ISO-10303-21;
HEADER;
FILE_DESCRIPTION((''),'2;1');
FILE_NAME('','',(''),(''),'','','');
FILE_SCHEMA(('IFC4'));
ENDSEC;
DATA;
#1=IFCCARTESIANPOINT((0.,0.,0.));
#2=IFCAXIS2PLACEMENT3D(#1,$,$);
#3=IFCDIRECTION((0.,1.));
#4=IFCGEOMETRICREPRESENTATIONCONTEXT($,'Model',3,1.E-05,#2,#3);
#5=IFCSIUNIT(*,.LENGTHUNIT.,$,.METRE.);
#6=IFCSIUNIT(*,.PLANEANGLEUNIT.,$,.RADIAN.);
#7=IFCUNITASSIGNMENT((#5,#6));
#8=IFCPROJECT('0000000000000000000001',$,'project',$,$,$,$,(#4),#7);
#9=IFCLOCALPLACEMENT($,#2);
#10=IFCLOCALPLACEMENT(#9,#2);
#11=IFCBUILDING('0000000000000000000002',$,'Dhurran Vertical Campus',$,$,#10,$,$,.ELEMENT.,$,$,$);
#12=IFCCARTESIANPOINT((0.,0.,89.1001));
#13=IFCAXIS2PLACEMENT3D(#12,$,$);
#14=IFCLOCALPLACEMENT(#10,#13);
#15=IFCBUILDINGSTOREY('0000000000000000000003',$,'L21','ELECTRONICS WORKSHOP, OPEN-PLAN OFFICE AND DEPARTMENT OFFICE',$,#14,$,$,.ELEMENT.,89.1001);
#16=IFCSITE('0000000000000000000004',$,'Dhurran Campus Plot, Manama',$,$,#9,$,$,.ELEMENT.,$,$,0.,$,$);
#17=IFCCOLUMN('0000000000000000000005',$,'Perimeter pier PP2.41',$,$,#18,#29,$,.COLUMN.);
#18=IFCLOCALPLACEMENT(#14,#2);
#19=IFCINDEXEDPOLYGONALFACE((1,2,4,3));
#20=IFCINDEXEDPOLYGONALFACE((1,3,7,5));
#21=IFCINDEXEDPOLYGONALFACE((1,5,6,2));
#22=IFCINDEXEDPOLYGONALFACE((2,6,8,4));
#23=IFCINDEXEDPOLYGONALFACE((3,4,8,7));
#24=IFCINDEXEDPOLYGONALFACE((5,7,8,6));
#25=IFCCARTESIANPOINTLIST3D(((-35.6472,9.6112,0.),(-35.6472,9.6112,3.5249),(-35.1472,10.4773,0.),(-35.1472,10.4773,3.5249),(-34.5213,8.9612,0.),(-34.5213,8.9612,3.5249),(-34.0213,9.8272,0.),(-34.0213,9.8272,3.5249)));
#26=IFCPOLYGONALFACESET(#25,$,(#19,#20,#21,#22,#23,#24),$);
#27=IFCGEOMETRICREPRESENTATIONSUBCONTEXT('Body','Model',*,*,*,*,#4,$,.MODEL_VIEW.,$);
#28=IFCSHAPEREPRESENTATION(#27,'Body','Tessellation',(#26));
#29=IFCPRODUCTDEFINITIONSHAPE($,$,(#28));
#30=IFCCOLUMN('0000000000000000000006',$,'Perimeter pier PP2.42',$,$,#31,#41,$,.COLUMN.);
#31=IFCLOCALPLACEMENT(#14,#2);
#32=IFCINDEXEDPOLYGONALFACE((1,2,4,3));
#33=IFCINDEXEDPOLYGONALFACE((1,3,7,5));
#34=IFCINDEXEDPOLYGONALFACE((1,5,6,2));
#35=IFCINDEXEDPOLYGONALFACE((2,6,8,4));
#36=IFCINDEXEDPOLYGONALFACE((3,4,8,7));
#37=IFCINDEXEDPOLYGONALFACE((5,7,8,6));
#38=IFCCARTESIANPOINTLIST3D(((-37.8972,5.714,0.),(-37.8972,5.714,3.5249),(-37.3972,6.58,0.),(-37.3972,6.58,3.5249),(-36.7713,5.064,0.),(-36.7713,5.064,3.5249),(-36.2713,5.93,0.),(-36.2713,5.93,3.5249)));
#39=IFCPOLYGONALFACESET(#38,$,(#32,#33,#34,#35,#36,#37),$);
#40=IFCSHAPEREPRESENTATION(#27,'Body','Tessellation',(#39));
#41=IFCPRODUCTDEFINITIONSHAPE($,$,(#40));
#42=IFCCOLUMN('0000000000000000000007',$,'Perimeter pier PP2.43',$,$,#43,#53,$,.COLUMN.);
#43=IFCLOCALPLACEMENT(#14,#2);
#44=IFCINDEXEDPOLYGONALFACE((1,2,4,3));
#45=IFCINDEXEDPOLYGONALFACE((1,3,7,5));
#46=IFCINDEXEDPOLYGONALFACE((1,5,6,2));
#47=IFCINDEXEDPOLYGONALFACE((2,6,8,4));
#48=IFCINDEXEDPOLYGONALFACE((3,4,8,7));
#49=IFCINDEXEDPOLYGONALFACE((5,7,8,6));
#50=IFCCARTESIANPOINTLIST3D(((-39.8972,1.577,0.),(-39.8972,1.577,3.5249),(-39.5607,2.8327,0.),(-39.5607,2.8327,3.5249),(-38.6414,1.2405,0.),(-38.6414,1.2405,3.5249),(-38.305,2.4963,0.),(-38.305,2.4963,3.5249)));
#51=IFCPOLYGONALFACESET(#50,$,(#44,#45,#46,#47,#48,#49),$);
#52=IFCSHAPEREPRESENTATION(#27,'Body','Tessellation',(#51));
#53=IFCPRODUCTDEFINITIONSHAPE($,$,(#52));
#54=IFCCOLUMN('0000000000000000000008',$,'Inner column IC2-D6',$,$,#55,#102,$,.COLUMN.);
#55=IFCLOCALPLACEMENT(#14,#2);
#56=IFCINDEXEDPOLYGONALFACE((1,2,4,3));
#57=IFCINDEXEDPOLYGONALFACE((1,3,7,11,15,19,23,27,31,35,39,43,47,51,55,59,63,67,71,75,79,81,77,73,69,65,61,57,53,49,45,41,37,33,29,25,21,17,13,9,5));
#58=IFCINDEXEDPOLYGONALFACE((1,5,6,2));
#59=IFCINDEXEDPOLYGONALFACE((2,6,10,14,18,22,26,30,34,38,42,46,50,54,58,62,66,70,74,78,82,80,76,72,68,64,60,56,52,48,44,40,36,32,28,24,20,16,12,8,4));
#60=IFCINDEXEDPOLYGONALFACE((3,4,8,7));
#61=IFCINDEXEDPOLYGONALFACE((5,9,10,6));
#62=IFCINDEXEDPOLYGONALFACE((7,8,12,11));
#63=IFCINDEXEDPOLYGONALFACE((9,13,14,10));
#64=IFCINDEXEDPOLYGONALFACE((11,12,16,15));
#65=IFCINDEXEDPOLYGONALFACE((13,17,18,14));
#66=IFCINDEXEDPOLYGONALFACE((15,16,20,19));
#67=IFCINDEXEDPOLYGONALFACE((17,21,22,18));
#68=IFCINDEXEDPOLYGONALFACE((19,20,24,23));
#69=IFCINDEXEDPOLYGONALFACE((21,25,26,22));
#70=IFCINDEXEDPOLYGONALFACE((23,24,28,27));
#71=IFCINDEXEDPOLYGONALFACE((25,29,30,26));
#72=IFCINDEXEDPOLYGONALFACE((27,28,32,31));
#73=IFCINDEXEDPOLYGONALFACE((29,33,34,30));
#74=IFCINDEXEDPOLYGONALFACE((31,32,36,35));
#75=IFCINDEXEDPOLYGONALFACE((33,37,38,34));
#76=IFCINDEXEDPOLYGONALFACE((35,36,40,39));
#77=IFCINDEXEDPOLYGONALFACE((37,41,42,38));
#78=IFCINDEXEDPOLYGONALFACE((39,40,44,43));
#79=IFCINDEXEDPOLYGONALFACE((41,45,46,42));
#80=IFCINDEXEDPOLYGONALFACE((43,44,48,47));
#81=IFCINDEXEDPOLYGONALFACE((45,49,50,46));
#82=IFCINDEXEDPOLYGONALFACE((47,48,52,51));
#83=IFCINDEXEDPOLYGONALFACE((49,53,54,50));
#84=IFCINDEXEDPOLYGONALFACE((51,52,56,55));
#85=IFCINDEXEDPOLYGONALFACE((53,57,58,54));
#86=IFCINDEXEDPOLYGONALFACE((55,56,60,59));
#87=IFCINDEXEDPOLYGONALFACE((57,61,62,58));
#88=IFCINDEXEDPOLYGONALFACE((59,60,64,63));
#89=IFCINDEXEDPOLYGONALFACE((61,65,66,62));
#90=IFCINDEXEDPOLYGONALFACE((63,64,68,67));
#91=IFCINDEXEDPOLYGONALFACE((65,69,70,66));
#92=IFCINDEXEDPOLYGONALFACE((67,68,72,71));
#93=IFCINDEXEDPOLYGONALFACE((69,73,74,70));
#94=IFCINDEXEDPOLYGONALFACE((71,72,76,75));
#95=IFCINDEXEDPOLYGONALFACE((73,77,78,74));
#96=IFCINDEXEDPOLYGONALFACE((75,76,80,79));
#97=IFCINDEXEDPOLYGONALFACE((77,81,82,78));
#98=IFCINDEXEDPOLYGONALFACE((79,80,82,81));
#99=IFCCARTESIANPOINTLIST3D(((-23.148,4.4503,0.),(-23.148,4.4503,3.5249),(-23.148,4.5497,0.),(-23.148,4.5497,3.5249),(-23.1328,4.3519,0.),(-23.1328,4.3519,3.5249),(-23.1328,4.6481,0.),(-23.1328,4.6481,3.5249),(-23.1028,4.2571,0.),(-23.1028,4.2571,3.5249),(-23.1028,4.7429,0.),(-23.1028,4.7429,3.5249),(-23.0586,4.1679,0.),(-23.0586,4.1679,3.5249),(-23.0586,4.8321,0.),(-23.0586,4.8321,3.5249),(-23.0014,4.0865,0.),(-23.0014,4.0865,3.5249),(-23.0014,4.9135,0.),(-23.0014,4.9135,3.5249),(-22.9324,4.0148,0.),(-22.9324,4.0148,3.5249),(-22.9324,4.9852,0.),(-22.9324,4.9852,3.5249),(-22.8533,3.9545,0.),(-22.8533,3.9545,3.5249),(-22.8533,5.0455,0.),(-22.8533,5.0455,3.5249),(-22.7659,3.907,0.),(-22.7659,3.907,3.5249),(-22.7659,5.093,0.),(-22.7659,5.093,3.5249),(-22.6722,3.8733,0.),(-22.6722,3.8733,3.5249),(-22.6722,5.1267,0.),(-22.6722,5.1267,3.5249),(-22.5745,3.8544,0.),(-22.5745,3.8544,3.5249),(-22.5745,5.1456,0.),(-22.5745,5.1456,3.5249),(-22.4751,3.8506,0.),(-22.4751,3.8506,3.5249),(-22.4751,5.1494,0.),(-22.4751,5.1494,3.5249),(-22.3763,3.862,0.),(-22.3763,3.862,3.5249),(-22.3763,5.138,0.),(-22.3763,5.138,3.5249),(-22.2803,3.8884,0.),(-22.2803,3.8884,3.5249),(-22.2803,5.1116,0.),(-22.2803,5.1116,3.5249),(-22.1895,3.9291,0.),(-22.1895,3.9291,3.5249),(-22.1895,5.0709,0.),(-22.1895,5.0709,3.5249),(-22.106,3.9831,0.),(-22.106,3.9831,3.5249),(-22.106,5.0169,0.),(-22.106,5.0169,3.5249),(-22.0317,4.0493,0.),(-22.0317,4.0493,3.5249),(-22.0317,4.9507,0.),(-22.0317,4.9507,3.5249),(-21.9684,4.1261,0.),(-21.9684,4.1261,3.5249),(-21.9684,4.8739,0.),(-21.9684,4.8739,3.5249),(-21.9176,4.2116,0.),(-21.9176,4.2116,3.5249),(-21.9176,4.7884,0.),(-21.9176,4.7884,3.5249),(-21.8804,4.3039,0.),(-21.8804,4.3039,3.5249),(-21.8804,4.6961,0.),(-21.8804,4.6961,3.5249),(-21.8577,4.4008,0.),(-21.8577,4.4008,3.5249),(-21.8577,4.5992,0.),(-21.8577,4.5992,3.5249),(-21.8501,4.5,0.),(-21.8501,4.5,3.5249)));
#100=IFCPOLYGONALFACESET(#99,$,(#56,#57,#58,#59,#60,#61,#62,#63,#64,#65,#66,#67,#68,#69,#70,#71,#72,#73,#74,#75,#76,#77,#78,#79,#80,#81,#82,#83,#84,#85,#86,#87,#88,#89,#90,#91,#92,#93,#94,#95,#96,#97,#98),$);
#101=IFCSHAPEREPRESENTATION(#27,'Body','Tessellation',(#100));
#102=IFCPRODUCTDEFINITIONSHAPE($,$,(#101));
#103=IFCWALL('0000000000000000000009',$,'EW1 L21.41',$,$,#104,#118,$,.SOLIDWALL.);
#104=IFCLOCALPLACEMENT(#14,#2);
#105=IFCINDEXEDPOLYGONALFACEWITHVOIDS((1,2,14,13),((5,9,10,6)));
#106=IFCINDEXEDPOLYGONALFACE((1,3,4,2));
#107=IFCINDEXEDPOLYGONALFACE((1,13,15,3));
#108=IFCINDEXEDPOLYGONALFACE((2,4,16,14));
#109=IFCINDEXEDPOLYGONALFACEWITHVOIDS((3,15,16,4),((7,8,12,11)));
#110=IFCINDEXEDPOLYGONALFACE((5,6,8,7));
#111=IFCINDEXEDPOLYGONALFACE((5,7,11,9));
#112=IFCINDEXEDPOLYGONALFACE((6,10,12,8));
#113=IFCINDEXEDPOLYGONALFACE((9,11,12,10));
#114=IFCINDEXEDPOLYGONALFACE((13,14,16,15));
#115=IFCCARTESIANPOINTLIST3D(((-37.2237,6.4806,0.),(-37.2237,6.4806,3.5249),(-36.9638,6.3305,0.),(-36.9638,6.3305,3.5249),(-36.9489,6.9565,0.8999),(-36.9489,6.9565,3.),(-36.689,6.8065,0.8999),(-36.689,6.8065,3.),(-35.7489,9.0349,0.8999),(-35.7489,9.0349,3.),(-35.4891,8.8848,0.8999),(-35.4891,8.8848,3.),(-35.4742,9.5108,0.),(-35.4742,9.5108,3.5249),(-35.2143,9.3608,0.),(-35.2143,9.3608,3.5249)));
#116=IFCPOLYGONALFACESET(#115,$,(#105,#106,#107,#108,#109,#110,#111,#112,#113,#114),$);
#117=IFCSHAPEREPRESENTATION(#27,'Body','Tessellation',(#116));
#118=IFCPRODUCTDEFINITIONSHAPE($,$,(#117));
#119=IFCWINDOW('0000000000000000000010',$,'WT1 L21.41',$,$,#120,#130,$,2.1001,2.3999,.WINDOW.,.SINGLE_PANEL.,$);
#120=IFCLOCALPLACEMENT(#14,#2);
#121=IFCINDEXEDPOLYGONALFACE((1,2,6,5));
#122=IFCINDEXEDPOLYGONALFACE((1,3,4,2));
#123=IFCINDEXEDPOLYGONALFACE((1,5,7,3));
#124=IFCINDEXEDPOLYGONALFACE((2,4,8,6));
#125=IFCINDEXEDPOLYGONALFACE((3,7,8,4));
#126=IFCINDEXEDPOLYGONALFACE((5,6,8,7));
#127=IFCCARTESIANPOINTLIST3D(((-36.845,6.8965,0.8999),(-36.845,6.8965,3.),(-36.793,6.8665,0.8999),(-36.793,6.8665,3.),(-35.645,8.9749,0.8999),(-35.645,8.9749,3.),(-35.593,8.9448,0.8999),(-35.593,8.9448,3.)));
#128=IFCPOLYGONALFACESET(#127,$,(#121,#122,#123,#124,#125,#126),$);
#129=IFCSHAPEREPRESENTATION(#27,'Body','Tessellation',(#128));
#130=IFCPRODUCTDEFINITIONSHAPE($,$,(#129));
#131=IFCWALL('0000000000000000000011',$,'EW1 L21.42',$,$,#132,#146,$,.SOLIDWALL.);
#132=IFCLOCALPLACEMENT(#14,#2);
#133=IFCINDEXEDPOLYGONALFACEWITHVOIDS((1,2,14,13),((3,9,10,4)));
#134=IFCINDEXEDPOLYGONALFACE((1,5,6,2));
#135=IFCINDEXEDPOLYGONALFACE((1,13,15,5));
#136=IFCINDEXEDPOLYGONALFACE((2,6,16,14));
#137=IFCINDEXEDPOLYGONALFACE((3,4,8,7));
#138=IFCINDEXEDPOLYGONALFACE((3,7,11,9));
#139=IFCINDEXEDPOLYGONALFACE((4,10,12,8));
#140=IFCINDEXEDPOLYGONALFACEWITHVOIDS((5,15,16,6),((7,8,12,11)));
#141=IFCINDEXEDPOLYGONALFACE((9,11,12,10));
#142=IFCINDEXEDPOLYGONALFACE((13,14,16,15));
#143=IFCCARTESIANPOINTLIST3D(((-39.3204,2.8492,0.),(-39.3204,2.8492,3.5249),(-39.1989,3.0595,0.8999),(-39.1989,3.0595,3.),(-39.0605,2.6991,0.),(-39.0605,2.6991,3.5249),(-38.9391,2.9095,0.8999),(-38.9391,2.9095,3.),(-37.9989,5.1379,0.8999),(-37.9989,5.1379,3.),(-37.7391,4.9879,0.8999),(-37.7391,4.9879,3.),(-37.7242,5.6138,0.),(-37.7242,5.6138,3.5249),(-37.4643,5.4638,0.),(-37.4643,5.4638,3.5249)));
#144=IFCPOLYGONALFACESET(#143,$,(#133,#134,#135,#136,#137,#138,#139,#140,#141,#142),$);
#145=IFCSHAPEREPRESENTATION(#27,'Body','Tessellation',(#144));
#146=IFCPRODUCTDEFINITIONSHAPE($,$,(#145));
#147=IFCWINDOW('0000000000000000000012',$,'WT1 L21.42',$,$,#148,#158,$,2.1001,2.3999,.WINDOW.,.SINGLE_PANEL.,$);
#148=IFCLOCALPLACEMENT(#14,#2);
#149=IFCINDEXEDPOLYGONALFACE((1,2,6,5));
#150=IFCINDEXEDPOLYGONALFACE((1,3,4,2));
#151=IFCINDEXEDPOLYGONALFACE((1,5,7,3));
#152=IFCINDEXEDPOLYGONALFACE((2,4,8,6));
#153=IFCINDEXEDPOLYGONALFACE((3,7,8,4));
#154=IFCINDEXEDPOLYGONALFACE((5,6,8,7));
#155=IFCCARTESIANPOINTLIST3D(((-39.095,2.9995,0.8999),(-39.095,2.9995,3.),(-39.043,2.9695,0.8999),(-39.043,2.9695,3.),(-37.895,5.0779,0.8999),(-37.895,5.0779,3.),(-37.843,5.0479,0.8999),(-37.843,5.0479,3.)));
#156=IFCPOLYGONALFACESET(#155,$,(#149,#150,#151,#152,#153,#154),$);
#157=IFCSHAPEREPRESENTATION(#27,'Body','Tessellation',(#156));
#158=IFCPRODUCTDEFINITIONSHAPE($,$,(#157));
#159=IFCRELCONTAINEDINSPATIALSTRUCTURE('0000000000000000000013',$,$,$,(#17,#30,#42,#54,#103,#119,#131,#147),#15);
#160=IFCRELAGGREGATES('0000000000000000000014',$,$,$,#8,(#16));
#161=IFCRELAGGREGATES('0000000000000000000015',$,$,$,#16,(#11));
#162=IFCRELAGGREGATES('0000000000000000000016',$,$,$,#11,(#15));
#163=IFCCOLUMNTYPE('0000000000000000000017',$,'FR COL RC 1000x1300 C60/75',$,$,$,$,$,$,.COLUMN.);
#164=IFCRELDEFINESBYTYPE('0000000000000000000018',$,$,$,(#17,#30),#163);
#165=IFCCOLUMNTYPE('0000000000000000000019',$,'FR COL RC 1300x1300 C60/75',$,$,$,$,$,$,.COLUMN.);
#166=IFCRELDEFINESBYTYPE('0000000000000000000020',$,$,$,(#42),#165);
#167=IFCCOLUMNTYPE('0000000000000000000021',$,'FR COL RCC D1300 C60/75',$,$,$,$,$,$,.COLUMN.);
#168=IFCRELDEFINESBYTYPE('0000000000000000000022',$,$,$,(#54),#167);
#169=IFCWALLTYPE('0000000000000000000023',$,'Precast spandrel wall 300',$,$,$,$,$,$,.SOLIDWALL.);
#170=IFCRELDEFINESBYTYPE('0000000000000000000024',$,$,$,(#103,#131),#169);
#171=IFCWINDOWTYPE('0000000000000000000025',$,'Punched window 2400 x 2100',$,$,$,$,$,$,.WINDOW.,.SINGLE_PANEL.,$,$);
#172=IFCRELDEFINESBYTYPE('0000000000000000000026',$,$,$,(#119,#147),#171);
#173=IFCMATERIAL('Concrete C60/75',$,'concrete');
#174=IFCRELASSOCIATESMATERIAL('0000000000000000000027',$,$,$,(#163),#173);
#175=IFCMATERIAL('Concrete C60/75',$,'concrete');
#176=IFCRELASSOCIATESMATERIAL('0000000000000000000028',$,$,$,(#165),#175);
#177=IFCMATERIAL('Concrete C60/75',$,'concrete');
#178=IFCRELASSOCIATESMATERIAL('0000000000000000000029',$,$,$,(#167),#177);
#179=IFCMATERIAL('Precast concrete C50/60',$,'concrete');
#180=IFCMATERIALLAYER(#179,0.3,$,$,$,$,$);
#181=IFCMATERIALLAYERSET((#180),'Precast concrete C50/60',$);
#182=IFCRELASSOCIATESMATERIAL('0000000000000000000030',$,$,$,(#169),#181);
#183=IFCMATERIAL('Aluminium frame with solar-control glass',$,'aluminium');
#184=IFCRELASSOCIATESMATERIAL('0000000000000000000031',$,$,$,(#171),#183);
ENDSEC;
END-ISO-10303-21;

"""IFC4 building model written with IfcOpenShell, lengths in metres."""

from ifc_helpers import new_model, si_unit, direction, frame, frame_2d, origin, origin_2d, place, context, subcontext, project, spatial, rectangle, circle, extrude, material, layer, layer_set, material_profile, profile_set, type_object, element, fill, save


model = new_model("IFC4")

# Units and contexts
model_context = context("Model", 3, precision=1e-05, world=origin(), true_north=direction((0.0, 1.0)))
body_context = subcontext(model_context, "Body", "Model", "MODEL_VIEW")
ifc_project = project(units=[si_unit("LENGTHUNIT", "METRE"), si_unit("PLANEANGLEUNIT", "RADIAN")], contexts=[model_context])

# Site, building, storey
site_placement = place(None, origin())
site = spatial("IfcSite", under=ifc_project, at=site_placement, Name="Dhurran Campus Plot, Manama", CompositionType="ELEMENT", RefElevation=0.0)
building_placement = place(site_placement, origin())
building = spatial("IfcBuilding", under=site, at=building_placement, Name="Dhurran Vertical Campus", CompositionType="ELEMENT")
storey_placement = place(building_placement, frame((0.0, 0.0, 89.1001)))
storey = spatial("IfcBuildingStorey", under=building, at=storey_placement, Name="L21", Description="ELECTRONICS WORKSHOP, OPEN-PLAN OFFICE AND DEPARTMENT OFFICE", CompositionType="ELEMENT", Elevation=89.1001)

# Columns
ifc_material_1 = material(Name="Concrete C60/75", Category="concrete")
ifc_material_profile_1 = material_profile(ifc_material_1, rectangle(XDim=1.0, YDim=1.3, at=origin_2d()), Name="RC 1000x1300")
ifc_profile_set_1 = profile_set([ifc_material_profile_1], Name="Concrete C60/75")
column_type_1 = type_object("IfcColumnType", Name="FR COL RC 1000x1300 C60/75", PredefinedType="COLUMN", material=ifc_profile_set_1)
for number, where, z_axis, x_axis, name in (
    (1, (-34.8342, 9.7192, 0.0), (0.0, 0.0, 1.0), (-0.5, -0.866025, 0.0), "Perimeter pier PP2.41"),
    (2, (-37.0842, 5.822, 0.0), (0.0, 0.0, 1.0), (-0.5, -0.866025, 0.0), "Perimeter pier PP2.42"),
):
    element("IfcColumn", number, at=place(storey_placement, frame(where, z_axis=z_axis, x_axis=x_axis)), inside=storey, type_object=column_type_1, Name=name, PredefinedType="COLUMN", context=body_context, shape_type="SweptSolid", body=[
        extrude(rectangle(XDim=1.0, YDim=1.3, at=origin_2d()), origin(), (0.0, 0.0, 1.0), 3.5249),
    ])
ifc_material_2 = material(Name="Concrete C60/75", Category="concrete")
ifc_material_profile_2 = material_profile(ifc_material_2, rectangle(XDim=1.3, YDim=1.3, at=origin_2d()), Name="RC 1300x1300")
ifc_profile_set_2 = profile_set([ifc_material_profile_2], Name="Concrete C60/75")
column_type_2 = type_object("IfcColumnType", Name="FR COL RC 1300x1300 C60/75", PredefinedType="COLUMN", material=ifc_profile_set_2)
column_1_placement = place(storey_placement, frame((-39.1011, 2.0366, 0.0), z_axis=(0.0, 0.0, 1.0), x_axis=(-0.258819, -0.965926, 0.0)))
element("IfcColumn", 3, at=column_1_placement, inside=storey, type_object=column_type_2, Name="Perimeter pier PP2.43", PredefinedType="COLUMN", context=body_context, shape_type="SweptSolid", body=[
    extrude(rectangle(XDim=1.3, YDim=1.3, at=origin_2d()), origin(), (0.0, 0.0, 1.0), 3.5249),
])
ifc_material_3 = material(Name="Concrete C60/75", Category="concrete")
ifc_material_profile_3 = material_profile(ifc_material_3, circle(Radius=0.6499, at=origin_2d()), Name="RCC D1300")
ifc_profile_set_3 = profile_set([ifc_material_profile_3], Name="Concrete C60/75")
column_type_3 = type_object("IfcColumnType", Name="FR COL RCC D1300 C60/75", PredefinedType="COLUMN", material=ifc_profile_set_3)
column_2_placement = place(storey_placement, frame((-22.5, 4.5, 0.0), z_axis=(0.0, 0.0, 1.0), x_axis=(1.0, 0.0, 0.0)))
element("IfcColumn", 4, at=column_2_placement, inside=storey, type_object=column_type_3, Name="Inner column IC2-D6", PredefinedType="COLUMN", context=body_context, shape_type="SweptSolid", body=[
    extrude(circle(Radius=0.6499, at=origin_2d()), origin(), (0.0, 0.0, 1.0), 3.5249),
])

# Walls, openings, windows
ifc_material_4 = material(Name="Precast concrete C50/60", Category="concrete")
ifc_layer_1 = layer(ifc_material_4, 0.3)
ifc_layer_set_1 = layer_set([ifc_layer_1], Name="Precast concrete C50/60")
wall_type_1 = type_object("IfcWallType", Name="Precast spandrel wall 300", PredefinedType="SOLIDWALL", material=ifc_layer_set_1)
wall_1_placement = place(storey_placement, frame((-35.3442, 9.4358, 0.0), z_axis=(0.0, 0.0, 1.0), x_axis=(-0.499996, -0.866028, 0.0)))
wall_1 = element("IfcWall", 5, at=wall_1_placement, inside=storey, type_object=wall_type_1, Name="EW1 L21.41", PredefinedType="SOLIDWALL", context=body_context, shape_type="SweptSolid", body=[
    extrude(rectangle(XDim=3.499, YDim=0.3, at=frame_2d((1.7495, 0.0))), origin(), (0.0, 0.0, 1.0), 3.5249),
])
opening_1_placement = place(wall_1_placement, frame((0.5496, 0.0, 0.8999)))
opening_1 = element("IfcOpeningElement", 6, at=opening_1_placement, cuts=wall_1, PredefinedType="OPENING", context=body_context, shape_type="SweptSolid", body=[
    extrude(rectangle(XDim=2.3999, YDim=2.1001, at=frame_2d((1.2, 1.05))), frame((0.0, 0.1599, 0.0), z_axis=(0.0, -1.0, 0.0), x_axis=(1.0, 0.0, 0.0)), (0.0, 0.0, 1.0), 0.3201),
])
ifc_material_5 = material(Name="Aluminium frame with solar-control glass", Category="aluminium")
window_type = type_object("IfcWindowType", Name="Punched window 2400 x 2100", PartitioningType="SINGLE_PANEL", PredefinedType="WINDOW", material=ifc_material_5)
window_1_placement = place(opening_1_placement, origin())
window_1 = element("IfcWindow", 7, at=window_1_placement, inside=storey, type_object=window_type, Name="WT1 L21.41", OverallHeight=2.1001, OverallWidth=2.3999, PartitioningType="SINGLE_PANEL", PredefinedType="WINDOW", context=body_context, shape_type="SweptSolid", body=[
    extrude(rectangle(XDim=2.3999, YDim=2.1001, at=frame_2d((1.2, 1.05))), frame((0.0, 0.03, 0.0), z_axis=(0.0, -1.0, 0.0), x_axis=(1.0, 0.0, 0.0)), (0.0, 0.0, 1.0), 0.0601),
])
fill(opening_1, window_1)
wall_2_placement = place(storey_placement, frame((-37.5942, 5.5388, 0.0), z_axis=(0.0, 0.0, 1.0), x_axis=(-0.500005, -0.866023, 0.0)))
wall_2 = element("IfcWall", 8, at=wall_2_placement, inside=storey, type_object=wall_type_1, Name="EW1 L21.42", PredefinedType="SOLIDWALL", context=body_context, shape_type="SweptSolid", body=[
    extrude(rectangle(XDim=3.1924, YDim=0.3, at=frame_2d((1.5962, 0.0))), origin(), (0.0, 0.0, 1.0), 3.5249),
])
opening_2_placement = place(wall_2_placement, frame((0.5496, 0.0, 0.8999)))
opening_2 = element("IfcOpeningElement", 9, at=opening_2_placement, cuts=wall_2, PredefinedType="OPENING", context=body_context, shape_type="SweptSolid", body=[
    extrude(rectangle(XDim=2.3999, YDim=2.1001, at=frame_2d((1.2, 1.05))), frame((0.0, 0.1599, 0.0), z_axis=(0.0, -1.0, 0.0), x_axis=(1.0, 0.0, 0.0)), (0.0, 0.0, 1.0), 0.3201),
])
window_2_placement = place(opening_2_placement, origin())
window_2 = element("IfcWindow", 10, at=window_2_placement, inside=storey, type_object=window_type, Name="WT1 L21.42", OverallHeight=2.1001, OverallWidth=2.3999, PartitioningType="SINGLE_PANEL", PredefinedType="WINDOW", context=body_context, shape_type="SweptSolid", body=[
    extrude(rectangle(XDim=2.3999, YDim=2.1001, at=frame_2d((1.2, 1.05))), frame((0.0, 0.03, 0.0), z_axis=(0.0, -1.0, 0.0), x_axis=(1.0, 0.0, 0.0)), (0.0, 0.0, 1.0), 0.0601),
])
fill(opening_2, window_2)

save(model, "model.ifc")
